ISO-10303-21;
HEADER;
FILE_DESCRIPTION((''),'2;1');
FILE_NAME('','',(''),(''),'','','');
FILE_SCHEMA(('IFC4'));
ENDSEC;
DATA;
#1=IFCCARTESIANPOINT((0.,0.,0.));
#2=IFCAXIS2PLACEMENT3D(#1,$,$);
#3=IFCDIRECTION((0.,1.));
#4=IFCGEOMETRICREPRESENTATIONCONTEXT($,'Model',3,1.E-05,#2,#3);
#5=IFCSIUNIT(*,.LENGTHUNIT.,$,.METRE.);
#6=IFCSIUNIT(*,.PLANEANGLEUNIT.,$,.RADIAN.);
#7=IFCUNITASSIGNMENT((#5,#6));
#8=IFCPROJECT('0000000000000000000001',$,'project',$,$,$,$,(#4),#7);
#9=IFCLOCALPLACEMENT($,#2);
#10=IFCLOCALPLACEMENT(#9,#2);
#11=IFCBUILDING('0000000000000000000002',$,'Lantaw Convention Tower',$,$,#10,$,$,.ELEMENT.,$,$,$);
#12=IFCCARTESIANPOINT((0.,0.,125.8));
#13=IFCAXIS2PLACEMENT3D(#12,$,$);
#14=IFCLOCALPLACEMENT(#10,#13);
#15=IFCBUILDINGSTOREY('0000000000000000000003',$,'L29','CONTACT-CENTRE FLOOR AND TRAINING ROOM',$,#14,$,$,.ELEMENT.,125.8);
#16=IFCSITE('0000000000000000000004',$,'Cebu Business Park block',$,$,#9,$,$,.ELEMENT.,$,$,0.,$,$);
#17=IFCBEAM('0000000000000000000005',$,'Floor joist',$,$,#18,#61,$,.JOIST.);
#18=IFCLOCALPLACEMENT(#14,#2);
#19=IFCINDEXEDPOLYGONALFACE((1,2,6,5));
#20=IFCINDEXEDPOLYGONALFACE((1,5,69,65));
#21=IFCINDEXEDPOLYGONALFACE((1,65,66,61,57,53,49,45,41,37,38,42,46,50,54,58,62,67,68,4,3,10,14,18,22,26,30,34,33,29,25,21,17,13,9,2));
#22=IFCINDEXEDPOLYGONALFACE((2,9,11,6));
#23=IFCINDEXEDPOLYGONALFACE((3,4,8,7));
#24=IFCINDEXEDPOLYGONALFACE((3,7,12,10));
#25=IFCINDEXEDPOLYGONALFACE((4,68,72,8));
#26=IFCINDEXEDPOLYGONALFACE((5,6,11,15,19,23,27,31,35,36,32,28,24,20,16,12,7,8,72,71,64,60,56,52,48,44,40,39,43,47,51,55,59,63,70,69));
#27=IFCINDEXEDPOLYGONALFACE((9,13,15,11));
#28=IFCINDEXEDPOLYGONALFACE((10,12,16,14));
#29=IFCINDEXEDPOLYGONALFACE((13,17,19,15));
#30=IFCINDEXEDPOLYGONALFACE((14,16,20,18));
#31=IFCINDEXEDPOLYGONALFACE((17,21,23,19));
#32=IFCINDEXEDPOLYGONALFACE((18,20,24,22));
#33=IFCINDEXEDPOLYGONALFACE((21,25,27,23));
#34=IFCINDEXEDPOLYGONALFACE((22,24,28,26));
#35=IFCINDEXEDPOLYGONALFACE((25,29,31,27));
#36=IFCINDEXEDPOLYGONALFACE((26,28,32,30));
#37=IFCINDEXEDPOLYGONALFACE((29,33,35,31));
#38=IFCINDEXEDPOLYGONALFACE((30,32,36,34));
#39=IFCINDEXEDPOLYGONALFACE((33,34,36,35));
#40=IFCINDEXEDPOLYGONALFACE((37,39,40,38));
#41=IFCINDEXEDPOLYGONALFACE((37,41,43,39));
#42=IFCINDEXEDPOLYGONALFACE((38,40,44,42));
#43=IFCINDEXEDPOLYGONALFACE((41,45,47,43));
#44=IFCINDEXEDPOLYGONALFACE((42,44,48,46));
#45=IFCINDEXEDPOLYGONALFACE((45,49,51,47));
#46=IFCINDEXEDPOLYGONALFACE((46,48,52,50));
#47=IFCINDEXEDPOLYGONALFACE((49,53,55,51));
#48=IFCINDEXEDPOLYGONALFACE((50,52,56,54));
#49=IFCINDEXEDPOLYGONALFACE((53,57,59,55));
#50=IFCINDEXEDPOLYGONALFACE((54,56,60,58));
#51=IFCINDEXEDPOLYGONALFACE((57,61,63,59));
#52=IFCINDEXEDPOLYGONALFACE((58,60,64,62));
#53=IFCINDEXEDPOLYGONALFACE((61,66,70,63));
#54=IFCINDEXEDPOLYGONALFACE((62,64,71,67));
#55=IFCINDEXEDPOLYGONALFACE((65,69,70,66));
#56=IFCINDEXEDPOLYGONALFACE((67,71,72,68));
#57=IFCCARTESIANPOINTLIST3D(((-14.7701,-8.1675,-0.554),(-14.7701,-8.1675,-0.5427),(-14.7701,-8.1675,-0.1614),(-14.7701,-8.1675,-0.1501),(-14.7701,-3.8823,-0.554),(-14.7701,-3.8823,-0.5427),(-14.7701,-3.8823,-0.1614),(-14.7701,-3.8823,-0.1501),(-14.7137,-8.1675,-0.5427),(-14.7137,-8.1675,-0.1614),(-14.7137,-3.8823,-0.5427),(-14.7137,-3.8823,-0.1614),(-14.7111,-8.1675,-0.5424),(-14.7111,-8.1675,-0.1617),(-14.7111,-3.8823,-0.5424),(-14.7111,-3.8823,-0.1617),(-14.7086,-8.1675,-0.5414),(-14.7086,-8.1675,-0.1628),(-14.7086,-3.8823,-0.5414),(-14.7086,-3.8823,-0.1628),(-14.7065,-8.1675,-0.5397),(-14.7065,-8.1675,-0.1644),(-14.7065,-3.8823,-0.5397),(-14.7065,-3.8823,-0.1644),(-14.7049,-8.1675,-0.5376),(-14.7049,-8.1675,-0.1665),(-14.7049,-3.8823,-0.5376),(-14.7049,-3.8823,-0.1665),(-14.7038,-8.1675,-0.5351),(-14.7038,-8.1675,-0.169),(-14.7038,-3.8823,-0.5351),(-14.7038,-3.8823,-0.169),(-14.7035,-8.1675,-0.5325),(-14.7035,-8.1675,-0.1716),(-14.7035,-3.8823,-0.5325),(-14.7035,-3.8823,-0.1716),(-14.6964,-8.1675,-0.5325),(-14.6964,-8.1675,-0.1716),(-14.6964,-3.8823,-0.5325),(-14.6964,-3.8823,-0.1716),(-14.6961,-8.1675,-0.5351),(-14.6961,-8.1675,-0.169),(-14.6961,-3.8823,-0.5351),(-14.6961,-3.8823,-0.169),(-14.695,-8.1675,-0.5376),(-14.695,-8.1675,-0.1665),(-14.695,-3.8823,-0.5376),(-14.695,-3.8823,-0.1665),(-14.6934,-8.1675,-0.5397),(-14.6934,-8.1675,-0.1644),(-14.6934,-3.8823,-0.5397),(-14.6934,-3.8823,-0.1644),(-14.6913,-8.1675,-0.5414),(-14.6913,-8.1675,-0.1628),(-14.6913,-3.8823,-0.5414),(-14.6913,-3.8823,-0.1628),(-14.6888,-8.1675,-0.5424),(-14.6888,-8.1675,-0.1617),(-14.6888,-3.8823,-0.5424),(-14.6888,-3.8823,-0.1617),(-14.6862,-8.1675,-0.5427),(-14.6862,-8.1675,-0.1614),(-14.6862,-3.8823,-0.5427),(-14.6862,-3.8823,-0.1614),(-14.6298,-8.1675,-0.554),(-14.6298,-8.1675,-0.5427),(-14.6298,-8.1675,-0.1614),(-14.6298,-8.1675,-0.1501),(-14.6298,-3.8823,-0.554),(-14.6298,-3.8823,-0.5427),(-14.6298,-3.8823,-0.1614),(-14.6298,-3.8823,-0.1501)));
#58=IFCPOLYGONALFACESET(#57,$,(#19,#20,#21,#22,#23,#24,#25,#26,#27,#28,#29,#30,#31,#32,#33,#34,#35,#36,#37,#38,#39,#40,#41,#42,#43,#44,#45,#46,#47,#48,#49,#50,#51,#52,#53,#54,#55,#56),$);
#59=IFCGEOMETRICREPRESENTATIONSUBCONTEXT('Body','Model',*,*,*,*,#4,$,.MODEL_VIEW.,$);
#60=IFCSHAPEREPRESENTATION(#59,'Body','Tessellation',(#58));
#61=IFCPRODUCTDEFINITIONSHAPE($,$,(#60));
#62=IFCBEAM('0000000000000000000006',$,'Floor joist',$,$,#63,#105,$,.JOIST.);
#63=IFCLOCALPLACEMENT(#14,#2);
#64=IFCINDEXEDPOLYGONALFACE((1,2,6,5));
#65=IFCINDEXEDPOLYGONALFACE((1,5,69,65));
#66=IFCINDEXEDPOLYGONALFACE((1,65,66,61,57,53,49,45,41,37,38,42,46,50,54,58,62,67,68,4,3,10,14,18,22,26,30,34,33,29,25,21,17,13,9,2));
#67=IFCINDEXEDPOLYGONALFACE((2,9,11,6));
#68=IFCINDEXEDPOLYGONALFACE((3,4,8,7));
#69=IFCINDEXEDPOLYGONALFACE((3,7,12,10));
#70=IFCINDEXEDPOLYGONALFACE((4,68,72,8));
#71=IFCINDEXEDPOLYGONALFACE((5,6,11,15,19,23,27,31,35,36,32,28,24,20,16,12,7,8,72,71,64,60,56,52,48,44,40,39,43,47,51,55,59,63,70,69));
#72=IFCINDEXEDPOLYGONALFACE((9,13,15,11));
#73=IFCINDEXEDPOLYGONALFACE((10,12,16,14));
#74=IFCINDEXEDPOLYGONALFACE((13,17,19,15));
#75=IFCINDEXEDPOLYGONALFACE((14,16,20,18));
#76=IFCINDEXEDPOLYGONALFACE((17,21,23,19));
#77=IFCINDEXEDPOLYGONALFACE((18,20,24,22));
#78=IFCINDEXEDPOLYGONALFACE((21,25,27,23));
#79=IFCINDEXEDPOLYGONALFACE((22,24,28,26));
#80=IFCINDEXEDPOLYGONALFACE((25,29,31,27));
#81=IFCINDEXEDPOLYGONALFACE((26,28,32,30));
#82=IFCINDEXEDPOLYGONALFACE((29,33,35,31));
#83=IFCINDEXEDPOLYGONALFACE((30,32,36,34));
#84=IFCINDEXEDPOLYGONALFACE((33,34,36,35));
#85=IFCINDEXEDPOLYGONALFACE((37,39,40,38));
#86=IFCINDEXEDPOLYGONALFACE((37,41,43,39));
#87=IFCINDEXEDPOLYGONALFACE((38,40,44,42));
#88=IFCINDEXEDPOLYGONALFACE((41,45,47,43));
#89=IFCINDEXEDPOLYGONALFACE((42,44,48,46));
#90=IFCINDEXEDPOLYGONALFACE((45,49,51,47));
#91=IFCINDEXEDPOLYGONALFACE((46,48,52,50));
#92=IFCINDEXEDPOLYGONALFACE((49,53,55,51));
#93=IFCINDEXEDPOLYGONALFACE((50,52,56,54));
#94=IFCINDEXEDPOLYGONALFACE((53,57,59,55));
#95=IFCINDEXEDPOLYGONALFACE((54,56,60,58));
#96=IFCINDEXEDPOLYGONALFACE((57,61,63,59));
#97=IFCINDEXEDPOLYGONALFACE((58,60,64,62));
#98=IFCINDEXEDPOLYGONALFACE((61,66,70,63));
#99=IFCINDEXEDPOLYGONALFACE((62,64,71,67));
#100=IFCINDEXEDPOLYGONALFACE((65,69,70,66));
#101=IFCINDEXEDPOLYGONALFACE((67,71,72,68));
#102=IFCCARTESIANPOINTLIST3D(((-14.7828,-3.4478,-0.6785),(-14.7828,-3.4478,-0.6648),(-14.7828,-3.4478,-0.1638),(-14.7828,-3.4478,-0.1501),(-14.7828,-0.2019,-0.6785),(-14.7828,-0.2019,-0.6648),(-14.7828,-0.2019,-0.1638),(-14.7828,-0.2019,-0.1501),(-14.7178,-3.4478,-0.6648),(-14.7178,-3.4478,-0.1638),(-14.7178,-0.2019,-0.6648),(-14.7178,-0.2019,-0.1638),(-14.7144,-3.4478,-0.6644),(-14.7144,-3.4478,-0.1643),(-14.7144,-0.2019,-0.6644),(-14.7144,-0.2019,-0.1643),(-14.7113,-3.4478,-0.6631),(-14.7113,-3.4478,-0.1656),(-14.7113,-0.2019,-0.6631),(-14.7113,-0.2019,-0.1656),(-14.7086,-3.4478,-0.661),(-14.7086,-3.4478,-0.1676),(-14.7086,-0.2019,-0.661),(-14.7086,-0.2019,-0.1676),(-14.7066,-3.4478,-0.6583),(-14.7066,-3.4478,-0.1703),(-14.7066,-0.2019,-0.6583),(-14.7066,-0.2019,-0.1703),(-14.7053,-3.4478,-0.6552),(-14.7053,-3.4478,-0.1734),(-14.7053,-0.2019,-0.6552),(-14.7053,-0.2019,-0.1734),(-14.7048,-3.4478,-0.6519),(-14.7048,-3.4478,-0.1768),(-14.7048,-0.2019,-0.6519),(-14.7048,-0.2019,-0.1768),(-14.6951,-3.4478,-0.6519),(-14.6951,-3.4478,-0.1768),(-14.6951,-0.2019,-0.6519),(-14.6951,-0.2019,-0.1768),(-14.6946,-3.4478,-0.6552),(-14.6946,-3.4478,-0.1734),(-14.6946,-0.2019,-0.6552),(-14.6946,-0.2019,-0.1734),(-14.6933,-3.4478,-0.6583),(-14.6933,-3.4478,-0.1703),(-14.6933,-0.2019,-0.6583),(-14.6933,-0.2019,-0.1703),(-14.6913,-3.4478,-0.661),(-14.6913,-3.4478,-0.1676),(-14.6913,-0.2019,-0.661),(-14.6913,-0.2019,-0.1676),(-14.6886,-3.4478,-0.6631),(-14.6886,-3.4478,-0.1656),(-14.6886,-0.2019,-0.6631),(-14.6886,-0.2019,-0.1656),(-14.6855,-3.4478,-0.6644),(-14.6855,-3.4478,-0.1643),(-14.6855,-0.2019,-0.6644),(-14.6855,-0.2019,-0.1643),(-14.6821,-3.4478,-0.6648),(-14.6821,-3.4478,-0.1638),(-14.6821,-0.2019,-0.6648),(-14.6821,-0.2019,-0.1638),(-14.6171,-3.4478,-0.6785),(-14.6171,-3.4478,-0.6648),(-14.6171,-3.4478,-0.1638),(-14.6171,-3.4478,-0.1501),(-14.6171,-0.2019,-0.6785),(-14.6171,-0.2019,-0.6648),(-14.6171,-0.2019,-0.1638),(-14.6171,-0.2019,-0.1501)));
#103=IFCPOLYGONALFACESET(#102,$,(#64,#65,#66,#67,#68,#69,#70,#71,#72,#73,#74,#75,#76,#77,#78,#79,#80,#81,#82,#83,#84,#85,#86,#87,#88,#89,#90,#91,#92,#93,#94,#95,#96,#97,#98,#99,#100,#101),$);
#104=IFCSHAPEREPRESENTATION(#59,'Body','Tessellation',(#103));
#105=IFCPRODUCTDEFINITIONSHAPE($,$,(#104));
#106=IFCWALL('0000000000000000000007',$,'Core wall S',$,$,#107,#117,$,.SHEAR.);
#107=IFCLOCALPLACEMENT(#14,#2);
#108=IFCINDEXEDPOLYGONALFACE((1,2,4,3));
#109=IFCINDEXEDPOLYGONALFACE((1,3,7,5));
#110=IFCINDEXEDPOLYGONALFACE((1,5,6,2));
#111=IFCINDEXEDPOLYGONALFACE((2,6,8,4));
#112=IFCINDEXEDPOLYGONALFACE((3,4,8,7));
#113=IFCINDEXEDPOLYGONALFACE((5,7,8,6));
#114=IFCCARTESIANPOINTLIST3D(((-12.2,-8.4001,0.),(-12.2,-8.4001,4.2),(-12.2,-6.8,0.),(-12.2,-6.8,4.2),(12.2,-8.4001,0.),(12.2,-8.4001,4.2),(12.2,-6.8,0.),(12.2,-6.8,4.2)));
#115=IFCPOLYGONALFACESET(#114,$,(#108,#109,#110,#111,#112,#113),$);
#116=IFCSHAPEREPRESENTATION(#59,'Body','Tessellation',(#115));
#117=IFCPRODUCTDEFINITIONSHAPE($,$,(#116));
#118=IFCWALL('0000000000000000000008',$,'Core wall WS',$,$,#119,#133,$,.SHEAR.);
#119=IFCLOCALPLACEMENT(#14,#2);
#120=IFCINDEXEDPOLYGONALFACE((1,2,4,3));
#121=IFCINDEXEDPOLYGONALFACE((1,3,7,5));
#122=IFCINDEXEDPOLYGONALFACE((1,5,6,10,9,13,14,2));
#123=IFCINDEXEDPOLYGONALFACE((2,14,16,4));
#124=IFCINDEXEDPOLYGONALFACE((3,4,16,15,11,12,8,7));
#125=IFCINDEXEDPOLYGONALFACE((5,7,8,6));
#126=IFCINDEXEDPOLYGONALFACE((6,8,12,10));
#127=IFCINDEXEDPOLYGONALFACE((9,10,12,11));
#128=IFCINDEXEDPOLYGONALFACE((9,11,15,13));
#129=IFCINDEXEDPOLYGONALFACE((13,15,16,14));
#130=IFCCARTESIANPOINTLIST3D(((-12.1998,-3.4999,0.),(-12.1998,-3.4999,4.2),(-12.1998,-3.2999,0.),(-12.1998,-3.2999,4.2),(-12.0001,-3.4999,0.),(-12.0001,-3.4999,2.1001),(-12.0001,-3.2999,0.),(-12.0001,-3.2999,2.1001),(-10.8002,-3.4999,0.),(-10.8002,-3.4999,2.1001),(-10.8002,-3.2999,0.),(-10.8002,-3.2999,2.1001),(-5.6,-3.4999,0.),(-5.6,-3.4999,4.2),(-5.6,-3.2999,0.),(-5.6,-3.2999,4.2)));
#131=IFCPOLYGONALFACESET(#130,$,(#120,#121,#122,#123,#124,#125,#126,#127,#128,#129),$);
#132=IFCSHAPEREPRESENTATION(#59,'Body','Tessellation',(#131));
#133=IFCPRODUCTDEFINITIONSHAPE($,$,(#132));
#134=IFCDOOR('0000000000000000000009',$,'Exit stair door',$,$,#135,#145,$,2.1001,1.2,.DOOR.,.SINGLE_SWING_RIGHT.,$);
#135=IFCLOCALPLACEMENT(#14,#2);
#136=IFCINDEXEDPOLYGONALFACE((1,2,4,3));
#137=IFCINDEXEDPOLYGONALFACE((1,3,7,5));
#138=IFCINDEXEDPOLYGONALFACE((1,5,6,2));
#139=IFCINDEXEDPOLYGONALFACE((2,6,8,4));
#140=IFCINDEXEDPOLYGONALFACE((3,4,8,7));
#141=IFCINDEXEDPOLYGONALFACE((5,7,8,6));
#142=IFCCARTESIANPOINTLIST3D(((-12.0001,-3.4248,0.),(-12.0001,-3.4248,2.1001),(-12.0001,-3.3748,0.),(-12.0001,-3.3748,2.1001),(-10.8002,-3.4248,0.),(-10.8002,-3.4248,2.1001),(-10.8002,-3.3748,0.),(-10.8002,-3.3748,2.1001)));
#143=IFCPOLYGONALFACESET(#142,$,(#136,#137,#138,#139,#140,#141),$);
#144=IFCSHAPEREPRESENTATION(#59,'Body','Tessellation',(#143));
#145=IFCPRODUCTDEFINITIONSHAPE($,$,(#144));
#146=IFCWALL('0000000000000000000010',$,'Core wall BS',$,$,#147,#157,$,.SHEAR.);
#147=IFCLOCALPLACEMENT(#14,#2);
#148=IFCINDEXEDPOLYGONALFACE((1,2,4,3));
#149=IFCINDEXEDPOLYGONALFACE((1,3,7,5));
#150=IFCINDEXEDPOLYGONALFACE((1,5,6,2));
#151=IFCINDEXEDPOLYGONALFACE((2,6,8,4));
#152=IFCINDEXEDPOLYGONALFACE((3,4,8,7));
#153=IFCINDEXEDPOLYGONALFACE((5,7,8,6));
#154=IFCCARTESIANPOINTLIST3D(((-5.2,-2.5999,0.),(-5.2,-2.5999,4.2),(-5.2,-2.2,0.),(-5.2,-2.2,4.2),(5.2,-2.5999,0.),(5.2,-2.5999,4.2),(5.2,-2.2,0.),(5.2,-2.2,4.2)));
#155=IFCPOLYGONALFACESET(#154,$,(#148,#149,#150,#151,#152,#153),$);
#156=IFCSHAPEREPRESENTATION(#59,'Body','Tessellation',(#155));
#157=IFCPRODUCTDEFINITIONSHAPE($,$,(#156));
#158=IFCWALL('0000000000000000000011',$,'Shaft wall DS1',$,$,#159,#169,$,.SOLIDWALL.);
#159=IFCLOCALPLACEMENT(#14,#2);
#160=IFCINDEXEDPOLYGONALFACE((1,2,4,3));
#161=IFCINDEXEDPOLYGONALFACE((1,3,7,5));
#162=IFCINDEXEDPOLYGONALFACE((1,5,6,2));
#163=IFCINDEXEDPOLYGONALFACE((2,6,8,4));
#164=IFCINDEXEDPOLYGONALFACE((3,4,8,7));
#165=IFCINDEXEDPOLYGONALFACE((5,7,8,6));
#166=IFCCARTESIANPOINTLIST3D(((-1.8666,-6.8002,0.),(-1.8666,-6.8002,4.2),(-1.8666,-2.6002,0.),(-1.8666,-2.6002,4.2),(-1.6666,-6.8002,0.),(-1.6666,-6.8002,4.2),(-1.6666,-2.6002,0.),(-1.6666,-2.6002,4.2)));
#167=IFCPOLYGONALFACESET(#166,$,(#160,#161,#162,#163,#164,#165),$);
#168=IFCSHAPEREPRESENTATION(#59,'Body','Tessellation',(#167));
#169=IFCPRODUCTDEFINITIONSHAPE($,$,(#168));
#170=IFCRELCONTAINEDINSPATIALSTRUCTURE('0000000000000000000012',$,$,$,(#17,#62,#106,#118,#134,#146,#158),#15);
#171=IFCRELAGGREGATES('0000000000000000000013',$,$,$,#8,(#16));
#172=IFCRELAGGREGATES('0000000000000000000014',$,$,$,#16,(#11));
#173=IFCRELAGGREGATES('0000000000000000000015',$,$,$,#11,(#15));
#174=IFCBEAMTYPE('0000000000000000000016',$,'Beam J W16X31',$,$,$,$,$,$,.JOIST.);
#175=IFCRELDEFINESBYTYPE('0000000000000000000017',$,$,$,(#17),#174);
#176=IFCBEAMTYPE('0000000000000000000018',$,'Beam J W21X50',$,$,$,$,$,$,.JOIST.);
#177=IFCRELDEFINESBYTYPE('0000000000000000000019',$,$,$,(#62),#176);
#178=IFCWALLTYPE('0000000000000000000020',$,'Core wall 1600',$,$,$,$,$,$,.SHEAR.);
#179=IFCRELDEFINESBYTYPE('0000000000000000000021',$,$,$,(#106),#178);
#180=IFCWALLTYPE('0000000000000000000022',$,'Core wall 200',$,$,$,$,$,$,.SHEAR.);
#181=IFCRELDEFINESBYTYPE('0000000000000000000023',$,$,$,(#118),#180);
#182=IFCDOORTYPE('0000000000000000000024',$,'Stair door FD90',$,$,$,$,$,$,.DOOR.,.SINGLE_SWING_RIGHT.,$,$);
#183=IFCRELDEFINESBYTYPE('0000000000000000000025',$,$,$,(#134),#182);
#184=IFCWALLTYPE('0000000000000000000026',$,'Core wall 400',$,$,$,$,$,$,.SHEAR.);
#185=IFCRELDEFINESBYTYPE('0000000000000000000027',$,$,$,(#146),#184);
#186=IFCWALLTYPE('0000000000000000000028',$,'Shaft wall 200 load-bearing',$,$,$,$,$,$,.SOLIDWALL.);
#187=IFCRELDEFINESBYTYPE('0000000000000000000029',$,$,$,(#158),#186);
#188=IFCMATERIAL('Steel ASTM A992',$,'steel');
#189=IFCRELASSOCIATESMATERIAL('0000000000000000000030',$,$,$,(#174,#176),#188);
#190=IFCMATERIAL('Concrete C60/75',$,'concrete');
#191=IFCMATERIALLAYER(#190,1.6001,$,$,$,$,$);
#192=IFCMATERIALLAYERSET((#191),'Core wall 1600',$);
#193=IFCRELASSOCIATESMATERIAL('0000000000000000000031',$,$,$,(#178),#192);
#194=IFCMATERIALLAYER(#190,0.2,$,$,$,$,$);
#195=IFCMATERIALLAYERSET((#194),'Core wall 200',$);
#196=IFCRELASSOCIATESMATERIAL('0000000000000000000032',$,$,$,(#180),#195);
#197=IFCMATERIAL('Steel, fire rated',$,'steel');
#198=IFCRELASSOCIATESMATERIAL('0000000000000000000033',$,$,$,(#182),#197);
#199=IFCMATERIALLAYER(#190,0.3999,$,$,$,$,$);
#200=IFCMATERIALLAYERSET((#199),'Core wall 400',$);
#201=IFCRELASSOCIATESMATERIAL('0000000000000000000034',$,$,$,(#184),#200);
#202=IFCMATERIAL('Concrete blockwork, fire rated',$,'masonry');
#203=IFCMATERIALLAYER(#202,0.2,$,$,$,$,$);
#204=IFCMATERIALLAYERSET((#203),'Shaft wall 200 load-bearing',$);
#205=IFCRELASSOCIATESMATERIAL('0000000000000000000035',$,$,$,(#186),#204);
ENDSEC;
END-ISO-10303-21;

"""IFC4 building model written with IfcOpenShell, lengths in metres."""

from ifc_helpers import new_model, si_unit, direction, frame, frame_2d, origin, origin_2d, place, context, subcontext, project, spatial, rectangle, i_section, extrude, material, layer, layer_set, material_profile, profile_set, type_object, element, fill, save


model = new_model("IFC4")

# Units and contexts
model_context = context("Model", 3, precision=1e-05, world=origin(), true_north=direction((0.0, 1.0)))
body_context = subcontext(model_context, "Body", "Model", "MODEL_VIEW")
ifc_project = project(units=[si_unit("LENGTHUNIT", "METRE"), si_unit("PLANEANGLEUNIT", "RADIAN")], contexts=[model_context])

# Site, building, storey
site_placement = place(None, origin())
site = spatial("IfcSite", under=ifc_project, at=site_placement, Name="Cebu Business Park block", CompositionType="ELEMENT", RefElevation=0.0)
building_placement = place(site_placement, origin())
building = spatial("IfcBuilding", under=site, at=building_placement, Name="Lantaw Convention Tower", CompositionType="ELEMENT")
storey_placement = place(building_placement, frame((0.0, 0.0, 125.8)))
storey = spatial("IfcBuildingStorey", under=building, at=storey_placement, Name="L29", Description="CONTACT-CENTRE FLOOR AND TRAINING ROOM", CompositionType="ELEMENT", Elevation=125.8)

# Beams
ifc_material_1 = material(Name="Steel ASTM A992", Category="steel")
ifc_material_profile_1 = material_profile(ifc_material_1, i_section(OverallWidth=0.1404, OverallDepth=0.4038, WebThickness=0.0071, FlangeThickness=0.0112, FilletRadius=0.0103, at=origin_2d()), Name="W16X31")
ifc_profile_set_1 = profile_set([ifc_material_profile_1], Name="Steel ASTM A992")
beam_type_1 = type_object("IfcBeamType", Name="Beam J W16X31", PredefinedType="JOIST", material=ifc_profile_set_1)
beam_1_placement = place(storey_placement, frame((-14.7, -8.1675, -0.3521), z_axis=(0.0, 1.0, 0.0), x_axis=(-1.0, 0.0, 0.0)))
element("IfcBeam", 1, at=beam_1_placement, inside=storey, type_object=beam_type_1, Name="Floor joist", PredefinedType="JOIST", context=body_context, shape_type="SweptSolid", body=[
    extrude(i_section(OverallWidth=0.1404, OverallDepth=0.4038, WebThickness=0.0071, FlangeThickness=0.0112, FilletRadius=0.0103, at=origin_2d()), origin(), (0.0, 0.0, 1.0), 4.2852),
])
ifc_material_profile_2 = material_profile(ifc_material_1, i_section(OverallWidth=0.1658, OverallDepth=0.5283, WebThickness=0.0098, FlangeThickness=0.0137, FilletRadius=0.0129, at=origin_2d()), Name="W21X50")
ifc_profile_set_2 = profile_set([ifc_material_profile_2], Name="Steel ASTM A992")
beam_type_2 = type_object("IfcBeamType", Name="Beam J W21X50", PredefinedType="JOIST", material=ifc_profile_set_2)
beam_2_placement = place(storey_placement, frame((-14.7, -3.4478, -0.4143), z_axis=(0.0, 1.0, 0.0), x_axis=(-1.0, 0.0, 0.0)))
element("IfcBeam", 2, at=beam_2_placement, inside=storey, type_object=beam_type_2, Name="Floor joist", PredefinedType="JOIST", context=body_context, shape_type="SweptSolid", body=[
    extrude(i_section(OverallWidth=0.1658, OverallDepth=0.5283, WebThickness=0.0098, FlangeThickness=0.0137, FilletRadius=0.0129, at=origin_2d()), origin(), (0.0, 0.0, 1.0), 3.2458),
])

# Wall
ifc_material_2 = material(Name="Concrete C60/75", Category="concrete")
ifc_layer_1 = layer(ifc_material_2, 1.6001)
ifc_layer_set_1 = layer_set([ifc_layer_1], Name="Core wall 1600")
wall_type_1 = type_object("IfcWallType", Name="Core wall 1600", PredefinedType="SHEAR", material=ifc_layer_set_1)
wall_1_placement = place(storey_placement, frame((-12.2, -7.6001, 0.0), z_axis=(0.0, 0.0, 1.0), x_axis=(1.0, 0.0, 0.0)))
element("IfcWall", 3, at=wall_1_placement, inside=storey, type_object=wall_type_1, Name="Core wall S", PredefinedType="SHEAR", context=body_context, shape_type="SweptSolid", body=[
    extrude(rectangle(XDim=24.3999, YDim=1.6001, at=frame_2d((12.2, 0.0))), origin(), (0.0, 0.0, 1.0), 4.2),
])

# Wall, opening, door
ifc_layer_2 = layer(ifc_material_2, 0.2)
ifc_layer_set_2 = layer_set([ifc_layer_2], Name="Core wall 200")
wall_type_2 = type_object("IfcWallType", Name="Core wall 200", PredefinedType="SHEAR", material=ifc_layer_set_2)
wall_2_placement = place(storey_placement, frame((-5.6001, -3.3999, 0.0), z_axis=(0.0, 0.0, 1.0), x_axis=(-1.0, 0.0, 0.0)))
wall_2 = element("IfcWall", 4, at=wall_2_placement, inside=storey, type_object=wall_type_2, Name="Core wall WS", PredefinedType="SHEAR", context=body_context, shape_type="SweptSolid", body=[
    extrude(rectangle(XDim=6.5999, YDim=0.2, at=frame_2d((3.2998, 0.0))), origin(), (0.0, 0.0, 1.0), 4.2),
])
opening_placement = place(wall_2_placement, frame((5.2, 0.0, 0.0)))
opening = element("IfcOpeningElement", 5, at=opening_placement, cuts=wall_2, PredefinedType="OPENING", context=body_context, shape_type="SweptSolid", body=[
    extrude(rectangle(XDim=1.2, YDim=2.1001, at=frame_2d((0.6001, 1.05))), frame((0.0, 0.1099, 0.0), z_axis=(0.0, -1.0, 0.0), x_axis=(1.0, 0.0, 0.0)), (0.0, 0.0, 1.0), 0.22),
])
ifc_material_3 = material(Name="Steel, fire rated", Category="steel")
door_type = type_object("IfcDoorType", Name="Stair door FD90", OperationType="SINGLE_SWING_RIGHT", PredefinedType="DOOR", material=ifc_material_3)
door_placement = place(opening_placement, origin())
door = element("IfcDoor", 6, at=door_placement, inside=storey, type_object=door_type, Name="Exit stair door", OperationType="SINGLE_SWING_RIGHT", OverallHeight=2.1001, OverallWidth=1.2, PredefinedType="DOOR", context=body_context, shape_type="SweptSolid", body=[
    extrude(rectangle(XDim=1.2, YDim=2.1001, at=frame_2d((0.6001, 1.05))), frame((0.0, 0.0249, 0.0), z_axis=(0.0, -1.0, 0.0), x_axis=(1.0, 0.0, 0.0)), (0.0, 0.0, 1.0), 0.05),
])
fill(opening, door)

# Walls
ifc_layer_3 = layer(ifc_material_2, 0.3999)
ifc_layer_set_3 = layer_set([ifc_layer_3], Name="Core wall 400")
wall_type_3 = type_object("IfcWallType", Name="Core wall 400", PredefinedType="SHEAR", material=ifc_layer_set_3)
wall_3_placement = place(storey_placement, frame((-5.2, -2.3999, 0.0), z_axis=(0.0, 0.0, 1.0), x_axis=(1.0, 0.0, 0.0)))
element("IfcWall", 7, at=wall_3_placement, inside=storey, type_object=wall_type_3, Name="Core wall BS", PredefinedType="SHEAR", context=body_context, shape_type="SweptSolid", body=[
    extrude(rectangle(XDim=10.3999, YDim=0.3999, at=frame_2d((5.2, 0.0))), origin(), (0.0, 0.0, 1.0), 4.2),
])
ifc_material_4 = material(Name="Concrete blockwork, fire rated", Category="masonry")
ifc_layer_4 = layer(ifc_material_4, 0.2)
ifc_layer_set_4 = layer_set([ifc_layer_4], Name="Shaft wall 200 load-bearing")
wall_type_4 = type_object("IfcWallType", Name="Shaft wall 200 load-bearing", PredefinedType="SOLIDWALL", material=ifc_layer_set_4)
wall_4_placement = place(storey_placement, frame((-1.7666, -2.6001, 0.0), z_axis=(0.0, 0.0, 1.0), x_axis=(0.0, -1.0, 0.0)))
element("IfcWall", 8, at=wall_4_placement, inside=storey, type_object=wall_type_4, Name="Shaft wall DS1", PredefinedType="SOLIDWALL", context=body_context, shape_type="SweptSolid", body=[
    extrude(rectangle(XDim=4.2, YDim=0.2, at=frame_2d((2.1001, 0.0))), origin(), (0.0, 0.0, 1.0), 4.2),
])

save(model, "model.ifc")
